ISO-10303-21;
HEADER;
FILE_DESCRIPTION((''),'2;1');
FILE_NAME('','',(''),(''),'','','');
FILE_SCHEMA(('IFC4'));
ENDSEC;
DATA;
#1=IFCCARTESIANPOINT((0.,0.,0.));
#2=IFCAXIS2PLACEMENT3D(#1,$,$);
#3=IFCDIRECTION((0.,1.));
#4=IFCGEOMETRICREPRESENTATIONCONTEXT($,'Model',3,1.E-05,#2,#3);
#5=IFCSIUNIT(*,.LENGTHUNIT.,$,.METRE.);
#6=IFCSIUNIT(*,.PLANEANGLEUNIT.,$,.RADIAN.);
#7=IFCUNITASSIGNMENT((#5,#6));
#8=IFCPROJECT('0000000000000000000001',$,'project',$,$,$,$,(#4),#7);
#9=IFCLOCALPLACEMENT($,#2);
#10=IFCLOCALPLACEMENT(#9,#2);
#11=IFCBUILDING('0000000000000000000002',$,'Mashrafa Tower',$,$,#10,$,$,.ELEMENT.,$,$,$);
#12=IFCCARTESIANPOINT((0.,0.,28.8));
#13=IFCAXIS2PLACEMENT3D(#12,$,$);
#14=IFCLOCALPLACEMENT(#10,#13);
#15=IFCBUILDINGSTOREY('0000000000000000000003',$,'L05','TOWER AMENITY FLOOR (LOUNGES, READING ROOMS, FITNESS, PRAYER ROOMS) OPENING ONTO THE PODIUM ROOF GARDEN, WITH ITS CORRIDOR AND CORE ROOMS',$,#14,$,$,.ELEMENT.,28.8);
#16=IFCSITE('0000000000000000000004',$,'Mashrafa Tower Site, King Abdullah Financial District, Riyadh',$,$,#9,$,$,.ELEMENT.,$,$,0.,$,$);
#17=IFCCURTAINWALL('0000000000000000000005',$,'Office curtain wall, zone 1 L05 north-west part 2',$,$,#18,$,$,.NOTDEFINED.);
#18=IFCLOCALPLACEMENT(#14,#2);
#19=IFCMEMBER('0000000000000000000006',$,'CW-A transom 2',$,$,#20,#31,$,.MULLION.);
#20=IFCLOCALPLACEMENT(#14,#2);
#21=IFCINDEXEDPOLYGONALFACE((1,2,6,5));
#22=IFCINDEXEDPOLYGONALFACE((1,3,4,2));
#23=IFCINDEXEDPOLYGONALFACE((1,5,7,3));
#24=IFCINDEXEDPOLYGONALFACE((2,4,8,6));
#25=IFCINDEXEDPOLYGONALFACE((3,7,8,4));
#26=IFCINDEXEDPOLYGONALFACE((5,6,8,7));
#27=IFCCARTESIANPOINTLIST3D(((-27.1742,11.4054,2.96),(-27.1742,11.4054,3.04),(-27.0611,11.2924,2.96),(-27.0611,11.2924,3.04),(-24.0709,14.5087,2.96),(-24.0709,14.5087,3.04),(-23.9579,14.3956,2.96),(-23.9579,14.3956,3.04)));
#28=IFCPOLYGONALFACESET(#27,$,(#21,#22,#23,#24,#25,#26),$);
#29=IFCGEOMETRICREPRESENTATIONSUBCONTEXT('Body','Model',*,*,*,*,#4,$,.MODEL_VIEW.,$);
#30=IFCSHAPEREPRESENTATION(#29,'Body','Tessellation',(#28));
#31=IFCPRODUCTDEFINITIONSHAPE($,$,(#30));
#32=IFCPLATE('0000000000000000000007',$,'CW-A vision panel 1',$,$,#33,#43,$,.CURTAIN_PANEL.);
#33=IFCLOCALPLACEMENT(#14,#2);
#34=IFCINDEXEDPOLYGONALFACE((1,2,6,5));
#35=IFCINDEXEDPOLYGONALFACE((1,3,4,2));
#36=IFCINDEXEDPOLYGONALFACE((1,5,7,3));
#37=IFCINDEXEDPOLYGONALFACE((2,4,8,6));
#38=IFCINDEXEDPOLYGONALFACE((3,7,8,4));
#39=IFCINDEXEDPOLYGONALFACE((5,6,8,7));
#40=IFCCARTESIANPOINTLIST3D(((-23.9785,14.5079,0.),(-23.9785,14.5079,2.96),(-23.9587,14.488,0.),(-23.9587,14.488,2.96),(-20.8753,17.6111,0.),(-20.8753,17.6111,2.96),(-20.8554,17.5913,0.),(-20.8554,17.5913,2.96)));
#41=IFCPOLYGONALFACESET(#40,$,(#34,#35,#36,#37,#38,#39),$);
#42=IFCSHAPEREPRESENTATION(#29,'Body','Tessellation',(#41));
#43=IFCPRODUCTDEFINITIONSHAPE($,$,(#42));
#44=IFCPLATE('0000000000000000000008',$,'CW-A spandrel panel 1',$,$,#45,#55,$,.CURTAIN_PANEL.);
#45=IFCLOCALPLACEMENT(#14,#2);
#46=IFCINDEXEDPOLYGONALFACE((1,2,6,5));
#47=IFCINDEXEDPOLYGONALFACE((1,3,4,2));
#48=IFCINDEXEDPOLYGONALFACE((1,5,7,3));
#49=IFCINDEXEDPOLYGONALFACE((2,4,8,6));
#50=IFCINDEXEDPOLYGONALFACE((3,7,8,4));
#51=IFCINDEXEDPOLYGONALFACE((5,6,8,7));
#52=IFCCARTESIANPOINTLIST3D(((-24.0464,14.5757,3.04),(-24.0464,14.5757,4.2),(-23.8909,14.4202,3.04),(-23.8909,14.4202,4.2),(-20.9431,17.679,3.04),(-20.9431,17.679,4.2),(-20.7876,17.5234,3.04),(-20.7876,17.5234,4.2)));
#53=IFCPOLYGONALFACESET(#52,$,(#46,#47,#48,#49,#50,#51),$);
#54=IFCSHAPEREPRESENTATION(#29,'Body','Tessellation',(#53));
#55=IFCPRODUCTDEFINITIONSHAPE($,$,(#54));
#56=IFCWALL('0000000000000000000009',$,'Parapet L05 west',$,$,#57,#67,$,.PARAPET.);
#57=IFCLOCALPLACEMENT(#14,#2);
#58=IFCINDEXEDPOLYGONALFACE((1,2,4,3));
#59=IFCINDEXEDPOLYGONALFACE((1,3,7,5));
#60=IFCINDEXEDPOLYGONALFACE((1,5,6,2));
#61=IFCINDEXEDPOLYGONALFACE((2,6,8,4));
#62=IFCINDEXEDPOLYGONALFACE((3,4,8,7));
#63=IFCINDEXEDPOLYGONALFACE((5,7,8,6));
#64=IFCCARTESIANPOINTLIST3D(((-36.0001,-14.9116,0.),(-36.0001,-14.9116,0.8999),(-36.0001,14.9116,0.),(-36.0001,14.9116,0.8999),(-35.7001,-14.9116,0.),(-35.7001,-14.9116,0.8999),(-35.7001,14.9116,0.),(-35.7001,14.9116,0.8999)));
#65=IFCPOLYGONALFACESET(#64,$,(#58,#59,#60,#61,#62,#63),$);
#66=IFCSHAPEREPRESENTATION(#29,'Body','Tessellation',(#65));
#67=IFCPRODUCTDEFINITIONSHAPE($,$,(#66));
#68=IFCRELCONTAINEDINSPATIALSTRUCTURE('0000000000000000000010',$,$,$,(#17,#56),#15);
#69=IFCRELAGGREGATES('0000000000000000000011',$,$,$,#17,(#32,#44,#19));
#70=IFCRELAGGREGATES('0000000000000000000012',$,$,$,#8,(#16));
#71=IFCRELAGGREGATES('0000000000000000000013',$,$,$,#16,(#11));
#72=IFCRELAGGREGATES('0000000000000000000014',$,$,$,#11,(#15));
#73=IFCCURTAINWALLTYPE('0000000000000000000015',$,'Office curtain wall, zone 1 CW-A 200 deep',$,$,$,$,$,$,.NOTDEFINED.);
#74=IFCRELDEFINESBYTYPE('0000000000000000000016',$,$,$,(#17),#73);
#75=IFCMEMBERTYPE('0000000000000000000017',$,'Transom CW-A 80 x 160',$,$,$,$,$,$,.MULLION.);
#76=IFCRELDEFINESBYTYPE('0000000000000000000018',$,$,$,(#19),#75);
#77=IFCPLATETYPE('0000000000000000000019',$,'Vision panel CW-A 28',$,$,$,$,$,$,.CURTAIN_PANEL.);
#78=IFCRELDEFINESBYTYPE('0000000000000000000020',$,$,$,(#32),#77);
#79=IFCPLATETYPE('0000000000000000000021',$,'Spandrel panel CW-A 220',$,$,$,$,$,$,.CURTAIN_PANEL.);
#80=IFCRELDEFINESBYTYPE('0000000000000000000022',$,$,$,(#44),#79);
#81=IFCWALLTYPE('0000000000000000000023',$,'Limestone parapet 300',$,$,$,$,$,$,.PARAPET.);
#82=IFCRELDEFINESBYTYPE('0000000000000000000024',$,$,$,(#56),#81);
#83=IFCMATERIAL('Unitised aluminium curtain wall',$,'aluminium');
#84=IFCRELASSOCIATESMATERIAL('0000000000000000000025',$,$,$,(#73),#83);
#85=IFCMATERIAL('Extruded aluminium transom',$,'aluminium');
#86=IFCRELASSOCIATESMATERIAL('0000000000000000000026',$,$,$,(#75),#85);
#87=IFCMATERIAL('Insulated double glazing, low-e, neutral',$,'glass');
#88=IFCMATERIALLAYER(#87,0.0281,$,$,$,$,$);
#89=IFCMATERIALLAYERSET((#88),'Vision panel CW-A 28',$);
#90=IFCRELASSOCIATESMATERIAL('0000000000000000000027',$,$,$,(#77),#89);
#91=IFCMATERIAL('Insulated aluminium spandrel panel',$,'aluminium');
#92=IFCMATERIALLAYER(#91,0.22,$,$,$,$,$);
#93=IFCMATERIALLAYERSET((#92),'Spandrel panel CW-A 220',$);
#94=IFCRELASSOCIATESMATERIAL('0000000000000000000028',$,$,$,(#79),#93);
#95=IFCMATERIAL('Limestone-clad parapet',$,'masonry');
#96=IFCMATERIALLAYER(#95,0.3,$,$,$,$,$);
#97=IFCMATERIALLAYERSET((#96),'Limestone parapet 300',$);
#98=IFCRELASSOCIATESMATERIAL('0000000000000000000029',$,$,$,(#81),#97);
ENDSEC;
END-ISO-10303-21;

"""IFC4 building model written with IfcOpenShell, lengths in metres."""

from ifc_helpers import new_model, si_unit, direction, frame, frame_2d, origin, origin_2d, place, context, subcontext, project, spatial, rectangle, extrude, source, transform, mapped, material, layer, layer_set, material_profile, profile_set, type_object, type_shapes, element, aggregate, save


model = new_model("IFC4")

# Units and contexts
model_context = context("Model", 3, precision=1e-05, world=origin(), true_north=direction((0.0, 1.0)))
body_context = subcontext(model_context, "Body", "Model", "MODEL_VIEW")
ifc_project = project(units=[si_unit("LENGTHUNIT", "METRE"), si_unit("PLANEANGLEUNIT", "RADIAN")], contexts=[model_context])

# Site, building, storey
site_placement = place(None, origin())
site = spatial("IfcSite", under=ifc_project, at=site_placement, Name="Mashrafa Tower Site, King Abdullah Financial District, Riyadh", CompositionType="ELEMENT", RefElevation=0.0)
building_placement = place(site_placement, origin())
building = spatial("IfcBuilding", under=site, at=building_placement, Name="Mashrafa Tower", CompositionType="ELEMENT")
storey_placement = place(building_placement, frame((0.0, 0.0, 28.8)))
storey = spatial("IfcBuildingStorey", under=building, at=storey_placement, Name="L05", Description="TOWER AMENITY FLOOR (LOUNGES, READING ROOMS, FITNESS, PRAYER ROOMS) OPENING ONTO THE PODIUM ROOF GARDEN, WITH ITS CORRIDOR AND CORE ROOMS", CompositionType="ELEMENT", Elevation=28.8)

# Curtain wall, member, plates
ifc_material_1 = material(Name="Unitised aluminium curtain wall", Category="aluminium")
curtain_wall_type = type_object("IfcCurtainWallType", Name="Office curtain wall, zone 1 CW-A 200 deep", PredefinedType="NOTDEFINED", material=ifc_material_1)
curtain_wall_placement = place(storey_placement, origin())
curtain_wall = element("IfcCurtainWall", 1, at=curtain_wall_placement, inside=storey, type_object=curtain_wall_type, Name="Office curtain wall, zone 1 L05 north-west part 2", PredefinedType="NOTDEFINED")
ifc_material_2 = material(Name="Extruded aluminium transom", Category="aluminium")
ifc_material_profile_1 = material_profile(ifc_material_2, rectangle(XDim=0.1599, YDim=0.0801, at=origin_2d()), Name="Transom 80x160")
ifc_profile_set_1 = profile_set([ifc_material_profile_1], Name="Extruded aluminium transom")
member_type_1 = type_object("IfcMemberType", Name="Transom CW-A 80 x 160", PredefinedType="MULLION", material=ifc_profile_set_1)
shared_shape_1 = source(origin(), body_context, "Body", "SweptSolid", [
    extrude(rectangle(XDim=0.1599, YDim=0.0801, at=origin_2d()), origin(), (0.0, 0.0, 1.0), 4.3887),
])
type_shapes(member_type_1, [shared_shape_1])
member_1_placement = place(storey_placement, frame((-24.0144, 14.4521, 3.0), z_axis=(-0.707107, -0.707107, 0.0), x_axis=(0.707107, -0.707107, 0.0)))
member_1 = element("IfcMember", 2, at=member_1_placement, type_object=member_type_1, Name="CW-A transom 2", PredefinedType="MULLION", context=body_context, shape_type="MappedRepresentation", body=[
    mapped(shared_shape_1, transform((0.0, 0.0, 0.0))),
])
ifc_material_3 = material(Name="Insulated double glazing, low-e, neutral", Category="glass")
ifc_layer_1 = layer(ifc_material_3, 0.0281)
ifc_layer_set_1 = layer_set([ifc_layer_1], Name="Vision panel CW-A 28")
plate_type_1 = type_object("IfcPlateType", Name="Vision panel CW-A 28", PredefinedType="CURTAIN_PANEL", material=ifc_layer_set_1)
shared_shape_2 = source(origin(), body_context, "Body", "SweptSolid", [
    extrude(rectangle(XDim=4.3887, YDim=0.0281, at=origin_2d()), origin(), (0.0, 0.0, 1.0), 2.96),
])
type_shapes(plate_type_1, [shared_shape_2])
plate_1_placement = place(storey_placement, frame((-22.417, 16.0496, 0.0), z_axis=(0.0, 0.0, 1.0), x_axis=(-0.707107, -0.707107, 0.0)))
plate_1 = element("IfcPlate", 3, at=plate_1_placement, type_object=plate_type_1, Name="CW-A vision panel 1", PredefinedType="CURTAIN_PANEL", context=body_context, shape_type="MappedRepresentation", body=[
    mapped(shared_shape_2, transform((0.0, 0.0, 0.0))),
])
ifc_material_4 = material(Name="Insulated aluminium spandrel panel", Category="aluminium")
ifc_layer_2 = layer(ifc_material_4, 0.22)
ifc_layer_set_2 = layer_set([ifc_layer_2], Name="Spandrel panel CW-A 220")
plate_type_2 = type_object("IfcPlateType", Name="Spandrel panel CW-A 220", PredefinedType="CURTAIN_PANEL", material=ifc_layer_set_2)
shared_shape_3 = source(origin(), body_context, "Body", "SweptSolid", [
    extrude(rectangle(XDim=4.3887, YDim=0.22, at=origin_2d()), origin(), (0.0, 0.0, 1.0), 1.1599),
])
type_shapes(plate_type_2, [shared_shape_3])
plate_2_placement = place(storey_placement, frame((-22.417, 16.0496, 3.04), z_axis=(0.0, 0.0, 1.0), x_axis=(-0.707107, -0.707107, 0.0)))
plate_2 = element("IfcPlate", 4, at=plate_2_placement, type_object=plate_type_2, Name="CW-A spandrel panel 1", PredefinedType="CURTAIN_PANEL", context=body_context, shape_type="MappedRepresentation", body=[
    mapped(shared_shape_3, transform((0.0, 0.0, 0.0))),
])
aggregate(curtain_wall, [plate_1, plate_2, member_1])

# Wall
ifc_material_5 = material(Name="Limestone-clad parapet", Category="masonry")
ifc_layer_3 = layer(ifc_material_5, 0.3)
ifc_layer_set_3 = layer_set([ifc_layer_3], Name="Limestone parapet 300")
wall_type = type_object("IfcWallType", Name="Limestone parapet 300", PredefinedType="PARAPET", material=ifc_layer_set_3)
wall_placement = place(storey_placement, frame((-35.8501, 14.9116, 0.0), z_axis=(0.0, 0.0, 1.0), x_axis=(0.0, -1.0, 0.0)))
element("IfcWall", 5, at=wall_placement, inside=storey, type_object=wall_type, Name="Parapet L05 west", PredefinedType="PARAPET", context=body_context, shape_type="SweptSolid", body=[
    extrude(rectangle(XDim=29.8232, YDim=0.3, at=frame_2d((14.9116, 0.0))), origin(), (0.0, 0.0, 1.0), 0.8999),
])

save(model, "model.ifc")
